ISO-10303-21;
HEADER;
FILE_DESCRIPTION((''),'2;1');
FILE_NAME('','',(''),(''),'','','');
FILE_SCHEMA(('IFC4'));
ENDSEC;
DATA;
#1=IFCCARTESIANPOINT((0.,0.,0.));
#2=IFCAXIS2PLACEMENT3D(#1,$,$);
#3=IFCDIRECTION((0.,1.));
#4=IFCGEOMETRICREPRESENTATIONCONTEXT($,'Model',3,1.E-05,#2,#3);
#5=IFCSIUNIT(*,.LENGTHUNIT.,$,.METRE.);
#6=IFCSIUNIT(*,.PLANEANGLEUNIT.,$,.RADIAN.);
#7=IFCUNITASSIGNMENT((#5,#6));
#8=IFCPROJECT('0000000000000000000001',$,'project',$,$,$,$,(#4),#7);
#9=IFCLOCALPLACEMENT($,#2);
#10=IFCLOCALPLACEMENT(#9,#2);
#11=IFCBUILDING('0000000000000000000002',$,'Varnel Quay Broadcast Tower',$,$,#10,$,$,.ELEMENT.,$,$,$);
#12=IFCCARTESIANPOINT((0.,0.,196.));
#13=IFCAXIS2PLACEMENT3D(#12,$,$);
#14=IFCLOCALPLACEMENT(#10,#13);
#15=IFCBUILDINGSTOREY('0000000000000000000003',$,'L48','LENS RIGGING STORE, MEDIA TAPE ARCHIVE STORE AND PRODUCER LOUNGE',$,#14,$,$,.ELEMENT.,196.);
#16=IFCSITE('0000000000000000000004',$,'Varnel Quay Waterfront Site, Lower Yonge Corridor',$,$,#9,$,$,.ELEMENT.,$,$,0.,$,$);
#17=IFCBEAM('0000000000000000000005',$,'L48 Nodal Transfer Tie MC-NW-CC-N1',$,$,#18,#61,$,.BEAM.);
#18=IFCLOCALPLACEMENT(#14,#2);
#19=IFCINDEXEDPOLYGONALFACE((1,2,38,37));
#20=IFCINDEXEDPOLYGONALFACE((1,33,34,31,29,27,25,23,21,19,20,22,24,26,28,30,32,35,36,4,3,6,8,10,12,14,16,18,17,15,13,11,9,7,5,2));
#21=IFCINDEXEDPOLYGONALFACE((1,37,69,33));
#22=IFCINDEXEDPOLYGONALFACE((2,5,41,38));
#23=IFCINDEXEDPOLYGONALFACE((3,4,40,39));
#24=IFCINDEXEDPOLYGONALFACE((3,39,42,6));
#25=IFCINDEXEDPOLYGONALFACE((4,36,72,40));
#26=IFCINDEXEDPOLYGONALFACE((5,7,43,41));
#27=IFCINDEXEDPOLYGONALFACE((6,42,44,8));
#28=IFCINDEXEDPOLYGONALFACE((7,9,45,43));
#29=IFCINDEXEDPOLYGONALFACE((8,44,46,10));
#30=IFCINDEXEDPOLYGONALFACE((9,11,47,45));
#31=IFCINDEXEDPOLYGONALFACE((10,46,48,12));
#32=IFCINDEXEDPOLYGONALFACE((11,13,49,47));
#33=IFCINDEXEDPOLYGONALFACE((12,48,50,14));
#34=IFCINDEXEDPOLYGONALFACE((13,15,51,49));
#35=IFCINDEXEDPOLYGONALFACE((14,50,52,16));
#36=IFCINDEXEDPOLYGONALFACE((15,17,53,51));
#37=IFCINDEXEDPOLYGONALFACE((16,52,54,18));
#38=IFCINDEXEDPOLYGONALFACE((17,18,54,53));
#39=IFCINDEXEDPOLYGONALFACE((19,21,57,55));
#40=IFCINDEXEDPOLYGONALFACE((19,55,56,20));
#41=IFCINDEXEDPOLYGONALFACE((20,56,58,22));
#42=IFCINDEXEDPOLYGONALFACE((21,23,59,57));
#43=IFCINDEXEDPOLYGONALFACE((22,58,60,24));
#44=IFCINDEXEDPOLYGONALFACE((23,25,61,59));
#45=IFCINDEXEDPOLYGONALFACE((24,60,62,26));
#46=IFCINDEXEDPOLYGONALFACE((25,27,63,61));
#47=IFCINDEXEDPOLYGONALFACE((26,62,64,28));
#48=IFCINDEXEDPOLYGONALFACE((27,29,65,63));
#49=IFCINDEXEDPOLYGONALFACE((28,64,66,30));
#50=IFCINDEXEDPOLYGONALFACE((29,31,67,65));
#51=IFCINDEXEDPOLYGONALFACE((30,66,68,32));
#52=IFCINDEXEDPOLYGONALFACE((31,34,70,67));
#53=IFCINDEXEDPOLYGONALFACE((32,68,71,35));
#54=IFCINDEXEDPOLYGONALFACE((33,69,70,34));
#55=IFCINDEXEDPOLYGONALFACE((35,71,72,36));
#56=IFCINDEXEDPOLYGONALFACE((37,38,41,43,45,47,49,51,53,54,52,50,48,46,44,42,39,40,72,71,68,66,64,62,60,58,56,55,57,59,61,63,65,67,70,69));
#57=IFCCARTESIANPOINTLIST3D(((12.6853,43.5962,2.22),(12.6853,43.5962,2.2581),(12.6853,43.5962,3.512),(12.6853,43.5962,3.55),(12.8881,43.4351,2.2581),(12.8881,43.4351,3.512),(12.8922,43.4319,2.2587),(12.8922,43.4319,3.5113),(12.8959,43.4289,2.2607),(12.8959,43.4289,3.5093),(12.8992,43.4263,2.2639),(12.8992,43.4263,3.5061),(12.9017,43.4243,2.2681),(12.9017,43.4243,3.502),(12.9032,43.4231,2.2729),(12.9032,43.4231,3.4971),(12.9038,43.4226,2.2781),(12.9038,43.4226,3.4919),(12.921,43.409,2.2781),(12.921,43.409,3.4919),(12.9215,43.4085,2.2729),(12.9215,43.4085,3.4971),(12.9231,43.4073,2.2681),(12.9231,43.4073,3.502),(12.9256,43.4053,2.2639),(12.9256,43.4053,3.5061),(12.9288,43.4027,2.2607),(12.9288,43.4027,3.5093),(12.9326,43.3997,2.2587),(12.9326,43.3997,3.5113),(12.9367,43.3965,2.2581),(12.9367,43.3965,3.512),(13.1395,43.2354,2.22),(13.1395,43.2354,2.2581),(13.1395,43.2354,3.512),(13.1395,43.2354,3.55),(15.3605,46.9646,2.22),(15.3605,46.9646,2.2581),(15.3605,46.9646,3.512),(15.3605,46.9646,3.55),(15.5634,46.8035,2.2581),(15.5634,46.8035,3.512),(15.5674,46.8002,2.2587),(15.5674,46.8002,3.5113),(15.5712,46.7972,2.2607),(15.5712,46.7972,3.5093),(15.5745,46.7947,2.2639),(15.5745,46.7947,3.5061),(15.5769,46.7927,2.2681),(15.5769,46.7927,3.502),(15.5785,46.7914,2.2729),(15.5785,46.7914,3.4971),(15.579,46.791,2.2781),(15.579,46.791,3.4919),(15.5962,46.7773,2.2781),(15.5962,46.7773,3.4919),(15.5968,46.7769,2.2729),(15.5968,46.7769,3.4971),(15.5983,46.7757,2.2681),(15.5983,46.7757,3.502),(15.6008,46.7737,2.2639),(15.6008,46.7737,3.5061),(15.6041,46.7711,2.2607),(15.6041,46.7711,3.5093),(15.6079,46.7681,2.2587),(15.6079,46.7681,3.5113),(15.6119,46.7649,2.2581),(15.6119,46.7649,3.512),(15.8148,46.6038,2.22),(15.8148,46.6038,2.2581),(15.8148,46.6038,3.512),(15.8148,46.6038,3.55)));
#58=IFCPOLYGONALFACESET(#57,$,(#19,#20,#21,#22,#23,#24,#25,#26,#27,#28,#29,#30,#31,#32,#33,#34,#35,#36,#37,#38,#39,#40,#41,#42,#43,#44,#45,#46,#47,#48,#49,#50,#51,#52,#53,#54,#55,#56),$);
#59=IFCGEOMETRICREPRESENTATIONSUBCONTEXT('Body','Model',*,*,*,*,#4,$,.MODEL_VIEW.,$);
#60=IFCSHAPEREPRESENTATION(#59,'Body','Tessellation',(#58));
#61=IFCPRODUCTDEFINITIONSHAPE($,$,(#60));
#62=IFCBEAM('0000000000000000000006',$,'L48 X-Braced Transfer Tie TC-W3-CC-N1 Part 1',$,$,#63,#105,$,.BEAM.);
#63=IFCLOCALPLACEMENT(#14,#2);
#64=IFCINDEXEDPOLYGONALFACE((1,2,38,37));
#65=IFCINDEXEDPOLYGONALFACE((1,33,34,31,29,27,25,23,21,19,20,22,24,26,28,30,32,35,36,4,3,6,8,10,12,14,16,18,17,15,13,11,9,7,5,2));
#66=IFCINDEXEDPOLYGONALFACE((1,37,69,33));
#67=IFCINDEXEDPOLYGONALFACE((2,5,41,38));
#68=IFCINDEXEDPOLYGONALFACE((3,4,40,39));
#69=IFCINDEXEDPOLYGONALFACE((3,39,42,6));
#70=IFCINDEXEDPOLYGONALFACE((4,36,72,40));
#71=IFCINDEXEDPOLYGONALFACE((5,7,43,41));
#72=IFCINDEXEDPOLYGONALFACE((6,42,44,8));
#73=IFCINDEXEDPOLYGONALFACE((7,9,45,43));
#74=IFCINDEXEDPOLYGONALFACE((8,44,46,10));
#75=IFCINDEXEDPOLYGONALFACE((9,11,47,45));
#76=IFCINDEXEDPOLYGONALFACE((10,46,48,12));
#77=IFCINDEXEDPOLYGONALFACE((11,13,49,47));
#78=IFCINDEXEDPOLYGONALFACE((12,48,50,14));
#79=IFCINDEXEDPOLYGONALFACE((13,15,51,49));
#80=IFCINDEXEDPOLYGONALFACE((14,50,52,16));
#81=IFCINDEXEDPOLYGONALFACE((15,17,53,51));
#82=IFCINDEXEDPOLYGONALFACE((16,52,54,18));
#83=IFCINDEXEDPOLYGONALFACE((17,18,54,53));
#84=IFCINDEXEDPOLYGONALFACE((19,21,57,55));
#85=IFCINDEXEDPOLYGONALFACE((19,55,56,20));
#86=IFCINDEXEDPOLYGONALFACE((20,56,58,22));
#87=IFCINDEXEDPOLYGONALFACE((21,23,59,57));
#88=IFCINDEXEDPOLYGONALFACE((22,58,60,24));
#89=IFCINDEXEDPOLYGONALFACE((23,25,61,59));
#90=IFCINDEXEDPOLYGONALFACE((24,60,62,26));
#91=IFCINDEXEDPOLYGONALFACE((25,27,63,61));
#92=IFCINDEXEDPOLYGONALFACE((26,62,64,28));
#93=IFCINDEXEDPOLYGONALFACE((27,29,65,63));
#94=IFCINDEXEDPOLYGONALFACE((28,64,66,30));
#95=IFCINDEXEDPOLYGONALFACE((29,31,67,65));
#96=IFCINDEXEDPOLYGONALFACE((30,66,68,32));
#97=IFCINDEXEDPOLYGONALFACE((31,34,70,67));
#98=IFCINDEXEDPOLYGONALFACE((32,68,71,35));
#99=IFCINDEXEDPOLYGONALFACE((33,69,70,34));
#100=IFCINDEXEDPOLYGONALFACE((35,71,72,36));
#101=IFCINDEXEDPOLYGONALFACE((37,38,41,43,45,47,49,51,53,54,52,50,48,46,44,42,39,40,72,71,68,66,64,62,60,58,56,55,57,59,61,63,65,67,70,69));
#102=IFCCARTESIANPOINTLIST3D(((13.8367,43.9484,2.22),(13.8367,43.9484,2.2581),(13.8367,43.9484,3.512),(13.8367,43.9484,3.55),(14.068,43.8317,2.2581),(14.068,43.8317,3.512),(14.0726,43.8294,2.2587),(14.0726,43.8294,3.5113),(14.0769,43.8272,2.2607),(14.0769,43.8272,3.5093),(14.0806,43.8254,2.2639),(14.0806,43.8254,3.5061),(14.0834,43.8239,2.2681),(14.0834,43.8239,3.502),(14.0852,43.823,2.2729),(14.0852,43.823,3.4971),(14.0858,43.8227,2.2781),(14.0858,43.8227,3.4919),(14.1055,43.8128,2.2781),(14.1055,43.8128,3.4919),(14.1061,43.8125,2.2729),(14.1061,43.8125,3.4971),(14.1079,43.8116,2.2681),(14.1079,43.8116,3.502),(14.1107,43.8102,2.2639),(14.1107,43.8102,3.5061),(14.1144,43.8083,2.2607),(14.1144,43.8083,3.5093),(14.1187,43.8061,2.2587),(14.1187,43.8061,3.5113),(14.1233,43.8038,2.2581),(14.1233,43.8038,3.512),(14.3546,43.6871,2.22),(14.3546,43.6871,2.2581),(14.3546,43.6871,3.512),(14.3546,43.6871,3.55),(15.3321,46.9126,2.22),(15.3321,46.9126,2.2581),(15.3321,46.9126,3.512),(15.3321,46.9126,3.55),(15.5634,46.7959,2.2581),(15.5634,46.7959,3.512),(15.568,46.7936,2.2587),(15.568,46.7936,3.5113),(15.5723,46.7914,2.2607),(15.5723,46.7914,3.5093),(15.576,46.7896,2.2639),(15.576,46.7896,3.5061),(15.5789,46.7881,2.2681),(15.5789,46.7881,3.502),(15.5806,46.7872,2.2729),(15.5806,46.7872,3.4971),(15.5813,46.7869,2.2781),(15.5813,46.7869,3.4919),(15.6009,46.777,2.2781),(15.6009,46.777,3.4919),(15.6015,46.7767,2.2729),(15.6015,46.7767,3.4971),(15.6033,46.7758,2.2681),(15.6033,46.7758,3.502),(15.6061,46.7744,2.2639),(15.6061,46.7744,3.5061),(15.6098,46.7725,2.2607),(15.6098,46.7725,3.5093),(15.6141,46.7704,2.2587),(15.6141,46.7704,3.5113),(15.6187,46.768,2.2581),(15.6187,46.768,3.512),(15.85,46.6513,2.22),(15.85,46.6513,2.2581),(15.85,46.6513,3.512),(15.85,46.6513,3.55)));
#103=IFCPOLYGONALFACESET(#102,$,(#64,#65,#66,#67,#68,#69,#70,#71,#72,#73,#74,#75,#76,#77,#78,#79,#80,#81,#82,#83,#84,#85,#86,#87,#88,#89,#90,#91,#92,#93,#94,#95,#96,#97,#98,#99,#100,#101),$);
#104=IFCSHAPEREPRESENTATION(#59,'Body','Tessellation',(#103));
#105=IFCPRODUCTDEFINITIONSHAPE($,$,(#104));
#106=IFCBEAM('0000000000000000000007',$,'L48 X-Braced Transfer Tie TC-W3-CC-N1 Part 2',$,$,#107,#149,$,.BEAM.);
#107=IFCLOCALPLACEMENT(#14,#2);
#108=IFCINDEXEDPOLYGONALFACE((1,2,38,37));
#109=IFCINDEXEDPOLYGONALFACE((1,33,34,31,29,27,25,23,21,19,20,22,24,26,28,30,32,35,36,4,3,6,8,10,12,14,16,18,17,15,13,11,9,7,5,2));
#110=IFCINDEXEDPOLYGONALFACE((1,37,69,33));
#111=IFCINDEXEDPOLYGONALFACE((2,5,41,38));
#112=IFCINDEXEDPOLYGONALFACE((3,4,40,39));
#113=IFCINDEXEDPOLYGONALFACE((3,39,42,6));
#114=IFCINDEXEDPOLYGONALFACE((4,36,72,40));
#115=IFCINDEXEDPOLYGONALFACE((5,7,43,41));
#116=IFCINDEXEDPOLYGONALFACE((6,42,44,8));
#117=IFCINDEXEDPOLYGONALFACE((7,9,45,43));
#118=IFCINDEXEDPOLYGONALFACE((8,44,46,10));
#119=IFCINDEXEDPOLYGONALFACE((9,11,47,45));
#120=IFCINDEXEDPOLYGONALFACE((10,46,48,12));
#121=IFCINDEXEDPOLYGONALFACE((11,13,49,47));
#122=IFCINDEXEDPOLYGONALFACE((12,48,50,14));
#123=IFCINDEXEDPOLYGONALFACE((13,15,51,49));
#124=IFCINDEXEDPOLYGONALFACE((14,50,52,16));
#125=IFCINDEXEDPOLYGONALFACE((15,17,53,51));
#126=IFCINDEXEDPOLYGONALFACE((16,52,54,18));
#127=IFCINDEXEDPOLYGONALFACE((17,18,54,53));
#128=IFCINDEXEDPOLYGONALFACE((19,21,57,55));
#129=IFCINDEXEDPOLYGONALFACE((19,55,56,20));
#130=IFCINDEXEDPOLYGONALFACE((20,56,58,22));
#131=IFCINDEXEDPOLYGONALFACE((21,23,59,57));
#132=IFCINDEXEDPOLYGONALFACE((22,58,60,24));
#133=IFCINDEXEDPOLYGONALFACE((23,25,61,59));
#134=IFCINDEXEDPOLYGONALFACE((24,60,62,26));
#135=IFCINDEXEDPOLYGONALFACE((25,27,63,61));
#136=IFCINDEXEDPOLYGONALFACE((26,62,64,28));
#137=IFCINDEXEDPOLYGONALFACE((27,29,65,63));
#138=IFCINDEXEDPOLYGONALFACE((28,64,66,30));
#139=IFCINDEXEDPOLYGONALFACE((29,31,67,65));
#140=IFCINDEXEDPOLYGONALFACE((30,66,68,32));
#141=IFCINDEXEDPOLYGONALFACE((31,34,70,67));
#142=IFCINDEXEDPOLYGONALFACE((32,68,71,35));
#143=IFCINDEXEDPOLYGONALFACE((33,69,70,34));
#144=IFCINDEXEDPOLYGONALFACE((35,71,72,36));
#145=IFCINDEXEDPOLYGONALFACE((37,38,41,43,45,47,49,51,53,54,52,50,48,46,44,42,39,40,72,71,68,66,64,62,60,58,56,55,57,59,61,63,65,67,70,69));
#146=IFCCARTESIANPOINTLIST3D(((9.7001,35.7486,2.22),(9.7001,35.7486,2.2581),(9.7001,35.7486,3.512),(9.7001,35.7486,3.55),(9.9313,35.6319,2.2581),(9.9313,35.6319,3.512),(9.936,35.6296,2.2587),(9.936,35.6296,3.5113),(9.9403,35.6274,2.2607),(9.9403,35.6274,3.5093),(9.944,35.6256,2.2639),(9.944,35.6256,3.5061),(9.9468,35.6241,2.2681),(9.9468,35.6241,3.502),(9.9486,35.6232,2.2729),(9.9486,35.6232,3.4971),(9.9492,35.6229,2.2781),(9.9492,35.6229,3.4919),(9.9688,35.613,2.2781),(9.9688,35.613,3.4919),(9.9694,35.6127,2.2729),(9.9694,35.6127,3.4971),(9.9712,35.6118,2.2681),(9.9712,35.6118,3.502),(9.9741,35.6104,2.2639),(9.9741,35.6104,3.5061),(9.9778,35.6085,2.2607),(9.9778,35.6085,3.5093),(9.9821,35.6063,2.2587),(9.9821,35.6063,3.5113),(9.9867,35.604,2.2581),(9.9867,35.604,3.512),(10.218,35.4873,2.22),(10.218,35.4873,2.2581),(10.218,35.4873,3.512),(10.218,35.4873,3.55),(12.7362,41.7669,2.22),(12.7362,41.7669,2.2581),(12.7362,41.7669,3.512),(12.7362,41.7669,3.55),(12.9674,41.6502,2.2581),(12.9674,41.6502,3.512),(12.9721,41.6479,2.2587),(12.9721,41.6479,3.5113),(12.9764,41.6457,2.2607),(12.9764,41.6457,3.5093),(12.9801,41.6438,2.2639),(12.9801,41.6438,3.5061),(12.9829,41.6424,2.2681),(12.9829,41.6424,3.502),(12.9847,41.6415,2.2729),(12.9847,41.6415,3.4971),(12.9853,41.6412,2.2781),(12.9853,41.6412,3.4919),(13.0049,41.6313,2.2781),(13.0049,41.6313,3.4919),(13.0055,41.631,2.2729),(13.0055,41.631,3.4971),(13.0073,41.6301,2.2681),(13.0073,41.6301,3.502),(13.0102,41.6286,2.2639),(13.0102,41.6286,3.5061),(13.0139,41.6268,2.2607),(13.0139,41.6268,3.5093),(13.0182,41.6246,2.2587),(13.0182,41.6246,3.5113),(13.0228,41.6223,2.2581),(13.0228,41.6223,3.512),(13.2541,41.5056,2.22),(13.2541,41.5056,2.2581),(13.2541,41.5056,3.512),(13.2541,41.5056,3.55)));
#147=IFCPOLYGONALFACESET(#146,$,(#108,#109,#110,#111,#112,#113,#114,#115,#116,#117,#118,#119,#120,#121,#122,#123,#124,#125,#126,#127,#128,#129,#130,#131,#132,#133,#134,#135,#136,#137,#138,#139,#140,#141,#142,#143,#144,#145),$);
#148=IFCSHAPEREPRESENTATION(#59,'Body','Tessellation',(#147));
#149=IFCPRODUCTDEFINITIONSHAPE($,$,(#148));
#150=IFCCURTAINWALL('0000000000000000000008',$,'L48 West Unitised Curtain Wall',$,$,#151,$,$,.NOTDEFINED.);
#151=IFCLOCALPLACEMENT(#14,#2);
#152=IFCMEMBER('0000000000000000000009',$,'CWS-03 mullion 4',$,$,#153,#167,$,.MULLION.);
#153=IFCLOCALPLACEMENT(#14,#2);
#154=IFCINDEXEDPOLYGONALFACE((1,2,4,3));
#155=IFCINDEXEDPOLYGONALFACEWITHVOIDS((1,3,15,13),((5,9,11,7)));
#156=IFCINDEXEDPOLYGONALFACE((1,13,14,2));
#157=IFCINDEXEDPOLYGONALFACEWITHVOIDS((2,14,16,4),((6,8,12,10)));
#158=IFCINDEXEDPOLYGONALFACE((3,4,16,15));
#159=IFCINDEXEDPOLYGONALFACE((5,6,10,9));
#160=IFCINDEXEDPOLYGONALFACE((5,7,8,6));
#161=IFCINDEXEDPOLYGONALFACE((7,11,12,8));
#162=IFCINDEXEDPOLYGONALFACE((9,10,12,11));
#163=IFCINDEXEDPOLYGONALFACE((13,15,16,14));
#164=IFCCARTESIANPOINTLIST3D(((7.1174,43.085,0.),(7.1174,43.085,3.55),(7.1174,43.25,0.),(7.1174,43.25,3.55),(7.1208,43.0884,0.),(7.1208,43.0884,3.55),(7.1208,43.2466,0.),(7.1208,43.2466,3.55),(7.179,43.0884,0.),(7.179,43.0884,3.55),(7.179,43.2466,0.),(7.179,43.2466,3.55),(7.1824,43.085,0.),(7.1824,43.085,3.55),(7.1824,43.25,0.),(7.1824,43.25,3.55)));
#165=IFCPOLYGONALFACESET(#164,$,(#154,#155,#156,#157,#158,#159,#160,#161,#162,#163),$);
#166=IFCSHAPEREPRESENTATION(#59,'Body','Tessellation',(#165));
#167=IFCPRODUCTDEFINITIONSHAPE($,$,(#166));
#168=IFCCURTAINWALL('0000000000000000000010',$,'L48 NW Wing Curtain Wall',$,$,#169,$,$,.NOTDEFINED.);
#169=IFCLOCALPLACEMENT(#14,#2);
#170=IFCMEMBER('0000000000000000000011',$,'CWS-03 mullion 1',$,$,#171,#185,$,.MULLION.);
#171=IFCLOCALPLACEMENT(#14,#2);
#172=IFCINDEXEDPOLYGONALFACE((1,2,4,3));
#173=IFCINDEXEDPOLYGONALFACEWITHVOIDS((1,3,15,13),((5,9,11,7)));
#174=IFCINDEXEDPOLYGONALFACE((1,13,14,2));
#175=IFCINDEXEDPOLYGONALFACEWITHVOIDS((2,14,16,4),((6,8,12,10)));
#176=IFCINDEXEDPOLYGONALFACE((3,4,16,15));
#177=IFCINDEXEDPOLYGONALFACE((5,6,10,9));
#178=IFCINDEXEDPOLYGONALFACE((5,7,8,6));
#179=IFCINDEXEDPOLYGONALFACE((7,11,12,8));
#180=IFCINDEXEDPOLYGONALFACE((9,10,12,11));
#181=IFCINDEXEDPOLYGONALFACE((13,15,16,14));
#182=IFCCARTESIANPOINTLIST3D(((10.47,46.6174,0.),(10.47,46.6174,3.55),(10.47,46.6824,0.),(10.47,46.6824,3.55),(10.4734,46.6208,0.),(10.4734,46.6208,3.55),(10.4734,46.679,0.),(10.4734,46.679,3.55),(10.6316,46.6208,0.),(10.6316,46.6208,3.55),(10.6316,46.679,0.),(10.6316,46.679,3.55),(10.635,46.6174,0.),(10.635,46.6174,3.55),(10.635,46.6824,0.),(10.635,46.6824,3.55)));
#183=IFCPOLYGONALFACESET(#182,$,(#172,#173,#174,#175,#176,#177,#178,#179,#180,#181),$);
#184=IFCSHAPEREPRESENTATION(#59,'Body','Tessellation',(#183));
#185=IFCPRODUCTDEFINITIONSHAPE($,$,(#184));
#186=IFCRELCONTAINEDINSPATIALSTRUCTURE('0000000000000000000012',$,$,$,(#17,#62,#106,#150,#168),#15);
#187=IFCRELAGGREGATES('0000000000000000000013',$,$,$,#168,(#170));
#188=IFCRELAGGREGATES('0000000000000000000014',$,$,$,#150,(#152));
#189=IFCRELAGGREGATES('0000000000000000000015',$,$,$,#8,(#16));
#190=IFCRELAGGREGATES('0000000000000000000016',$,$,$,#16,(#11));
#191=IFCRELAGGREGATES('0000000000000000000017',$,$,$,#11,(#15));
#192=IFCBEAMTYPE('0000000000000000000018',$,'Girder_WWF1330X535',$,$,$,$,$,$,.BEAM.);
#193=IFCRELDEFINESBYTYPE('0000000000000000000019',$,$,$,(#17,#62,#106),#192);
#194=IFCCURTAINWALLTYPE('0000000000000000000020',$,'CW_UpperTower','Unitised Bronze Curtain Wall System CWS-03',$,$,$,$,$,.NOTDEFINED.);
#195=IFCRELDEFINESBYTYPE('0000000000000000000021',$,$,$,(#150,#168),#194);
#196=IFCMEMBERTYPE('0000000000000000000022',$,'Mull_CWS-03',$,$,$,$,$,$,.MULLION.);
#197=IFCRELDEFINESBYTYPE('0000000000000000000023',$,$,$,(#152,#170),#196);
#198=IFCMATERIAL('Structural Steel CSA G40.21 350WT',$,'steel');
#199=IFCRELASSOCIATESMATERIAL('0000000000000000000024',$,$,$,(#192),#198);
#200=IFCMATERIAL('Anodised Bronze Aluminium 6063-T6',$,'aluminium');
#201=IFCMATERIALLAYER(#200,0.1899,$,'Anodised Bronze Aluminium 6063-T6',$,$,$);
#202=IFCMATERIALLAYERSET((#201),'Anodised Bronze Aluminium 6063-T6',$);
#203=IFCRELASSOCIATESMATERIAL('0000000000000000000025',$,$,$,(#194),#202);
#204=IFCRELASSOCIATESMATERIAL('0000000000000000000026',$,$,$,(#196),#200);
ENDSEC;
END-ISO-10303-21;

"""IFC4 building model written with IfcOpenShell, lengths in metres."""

from ifc_helpers import new_model, si_unit, direction, frame, origin, origin_2d, place, context, subcontext, project, spatial, hollow_rectangle, i_section, extrude, source, transform, mapped, material, layer, layer_set, material_profile, profile_set, type_object, type_shapes, element, aggregate, save


model = new_model("IFC4")

# Units and contexts
model_context = context("Model", 3, precision=1e-05, world=origin(), true_north=direction((0.0, 1.0)))
body_context = subcontext(model_context, "Body", "Model", "MODEL_VIEW")
ifc_project = project(units=[si_unit("LENGTHUNIT", "METRE"), si_unit("PLANEANGLEUNIT", "RADIAN")], contexts=[model_context])

# Site, building, storey
site_placement = place(None, origin())
site = spatial("IfcSite", under=ifc_project, at=site_placement, Name="Varnel Quay Waterfront Site, Lower Yonge Corridor", CompositionType="ELEMENT", RefElevation=0.0)
building_placement = place(site_placement, origin())
building = spatial("IfcBuilding", under=site, at=building_placement, Name="Varnel Quay Broadcast Tower", CompositionType="ELEMENT")
storey_placement = place(building_placement, frame((0.0, 0.0, 196.0)))
storey = spatial("IfcBuildingStorey", under=building, at=storey_placement, Name="L48", Description="LENS RIGGING STORE, MEDIA TAPE ARCHIVE STORE AND PRODUCER LOUNGE", CompositionType="ELEMENT", Elevation=196.0)

# Shared definitions
ifc_material_1 = material(Name="Structural Steel CSA G40.21 350WT", Category="steel")

# Beams
ifc_material_profile_1 = material_profile(ifc_material_1, i_section(OverallWidth=0.5801, OverallDepth=1.3301, WebThickness=0.022, FlangeThickness=0.0381, FilletRadius=0.02, at=origin_2d()), Name="WWF1330X535")
ifc_profile_set_1 = profile_set([ifc_material_profile_1], Name="Structural Steel CSA G40.21 350WT")
beam_type = type_object("IfcBeamType", Name="Girder_WWF1330X535", PredefinedType="BEAM", material=ifc_profile_set_1)
shared_shape_1 = source(origin(), body_context, "Body", "SweptSolid", [
    extrude(i_section(OverallWidth=0.5801, OverallDepth=1.3301, WebThickness=0.022, FlangeThickness=0.0381, FilletRadius=0.02, at=origin_2d()), origin(), (0.0, 0.0, 1.0), 4.3015),
])
beam_1_placement = place(storey_placement, frame((15.5876, 46.7842, 2.885), z_axis=(-0.621936, -0.783068, 0.0), x_axis=(0.783068, -0.621936, 0.0)))
element("IfcBeam", 1, at=beam_1_placement, inside=storey, type_object=beam_type, Name="L48 Nodal Transfer Tie MC-NW-CC-N1", PredefinedType="BEAM", context=body_context, shape_type="MappedRepresentation", body=[
    mapped(shared_shape_1, transform((0.0, 0.0, 0.0), x_axis=(1.0, 0.0, 0.0), y_axis=(0.0, 1.0, 0.0), z_axis=(0.0, 0.0, 1.0), scale=1.0)),
])
shared_shape_2 = source(origin(), body_context, "Body", "SweptSolid", [
    extrude(i_section(OverallWidth=0.5801, OverallDepth=1.3301, WebThickness=0.022, FlangeThickness=0.0381, FilletRadius=0.02, at=origin_2d()), origin(), (0.0, 0.0, 1.0), 3.3201),
])
beam_2_placement = place(storey_placement, frame((15.5911, 46.782, 2.885), z_axis=(-0.450417, -0.892818, 0.0), x_axis=(0.892818, -0.450417, 0.0)))
element("IfcBeam", 2, at=beam_2_placement, inside=storey, type_object=beam_type, Name="L48 X-Braced Transfer Tie TC-W3-CC-N1 Part 1", PredefinedType="BEAM", context=body_context, shape_type="MappedRepresentation", body=[
    mapped(shared_shape_2, transform((0.0, 0.0, 0.0), x_axis=(1.0, 0.0, 0.0), y_axis=(0.0, 1.0, 0.0), z_axis=(0.0, 0.0, 1.0), scale=1.0)),
])
shared_shape_3 = source(origin(), body_context, "Body", "SweptSolid", [
    extrude(i_section(OverallWidth=0.5801, OverallDepth=1.3301, WebThickness=0.022, FlangeThickness=0.0381, FilletRadius=0.02, at=origin_2d()), origin(), (0.0, 0.0, 1.0), 6.7407),
])
beam_3_placement = place(storey_placement, frame((12.9951, 41.6362, 2.885), z_axis=(-0.450412, -0.892821, 0.0), x_axis=(0.892821, -0.450412, 0.0)))
element("IfcBeam", 3, at=beam_3_placement, inside=storey, type_object=beam_type, Name="L48 X-Braced Transfer Tie TC-W3-CC-N1 Part 2", PredefinedType="BEAM", context=body_context, shape_type="MappedRepresentation", body=[
    mapped(shared_shape_3, transform((0.0, 0.0, 0.0), x_axis=(1.0, 0.0, 0.0), y_axis=(0.0, 1.0, 0.0), z_axis=(0.0, 0.0, 1.0), scale=1.0)),
])

# Curtain wall, member
ifc_material_2 = material(Name="Anodised Bronze Aluminium 6063-T6", Category="aluminium")
ifc_layer_1 = layer(ifc_material_2, 0.1899, Name="Anodised Bronze Aluminium 6063-T6")
ifc_layer_set_1 = layer_set([ifc_layer_1], Name="Anodised Bronze Aluminium 6063-T6")
curtain_wall_type = type_object("IfcCurtainWallType", Name="CW_UpperTower", Description="Unitised Bronze Curtain Wall System CWS-03", PredefinedType="NOTDEFINED", material=ifc_layer_set_1)
curtain_wall_1_placement = place(storey_placement, origin())
curtain_wall_1 = element("IfcCurtainWall", 4, at=curtain_wall_1_placement, inside=storey, type_object=curtain_wall_type, Name="L48 West Unitised Curtain Wall", PredefinedType="NOTDEFINED")
ifc_material_profile_2 = material_profile(ifc_material_2, hollow_rectangle(XDim=0.0649, YDim=0.165, WallThickness=0.0034, at=origin_2d()), Name="ALU65X165X3.5")
ifc_profile_set_2 = profile_set([ifc_material_profile_2], Name="Anodised Bronze Aluminium 6063-T6")
member_type_1 = type_object("IfcMemberType", Name="Mull_CWS-03", PredefinedType="MULLION", material=ifc_profile_set_2)
shared_shape_4 = source(origin(), body_context, "Body", "SweptSolid", [
    extrude(hollow_rectangle(XDim=0.0649, YDim=0.165, WallThickness=0.0034, at=origin_2d()), origin(), (0.0, 0.0, 1.0), 3.55),
])
type_shapes(member_type_1, [shared_shape_4])
member_1_placement = place(storey_placement, frame((7.1499, 43.1675, 0.0), z_axis=(0.0, 0.0, 1.0), x_axis=(-1.0, 0.0, 0.0)))
member_1 = element("IfcMember", 5, at=member_1_placement, type_object=member_type_1, Name="CWS-03 mullion 4", PredefinedType="MULLION", context=body_context, shape_type="MappedRepresentation", body=[
    mapped(shared_shape_4, transform((0.0, 0.0, 0.0), x_axis=(1.0, 0.0, 0.0), y_axis=(0.0, 1.0, 0.0), z_axis=(0.0, 0.0, 1.0), scale=1.0)),
])

# Curtain wall, member
curtain_wall_2_placement = place(storey_placement, origin())
curtain_wall_2 = element("IfcCurtainWall", 6, at=curtain_wall_2_placement, inside=storey, type_object=curtain_wall_type, Name="L48 NW Wing Curtain Wall", PredefinedType="NOTDEFINED")
member_2_placement = place(storey_placement, frame((10.5525, 46.6499, 0.0), z_axis=(0.0, 0.0, 1.0), x_axis=(0.0, 1.0, 0.0)))
member_2 = element("IfcMember", 7, at=member_2_placement, type_object=member_type_1, Name="CWS-03 mullion 1", PredefinedType="MULLION", context=body_context, shape_type="MappedRepresentation", body=[
    mapped(shared_shape_4, transform((0.0, 0.0, 0.0), x_axis=(1.0, 0.0, 0.0), y_axis=(0.0, 1.0, 0.0), z_axis=(0.0, 0.0, 1.0), scale=1.0)),
])
aggregate(curtain_wall_2, [member_2])

aggregate(curtain_wall_1, [member_1])

save(model, "model.ifc")
